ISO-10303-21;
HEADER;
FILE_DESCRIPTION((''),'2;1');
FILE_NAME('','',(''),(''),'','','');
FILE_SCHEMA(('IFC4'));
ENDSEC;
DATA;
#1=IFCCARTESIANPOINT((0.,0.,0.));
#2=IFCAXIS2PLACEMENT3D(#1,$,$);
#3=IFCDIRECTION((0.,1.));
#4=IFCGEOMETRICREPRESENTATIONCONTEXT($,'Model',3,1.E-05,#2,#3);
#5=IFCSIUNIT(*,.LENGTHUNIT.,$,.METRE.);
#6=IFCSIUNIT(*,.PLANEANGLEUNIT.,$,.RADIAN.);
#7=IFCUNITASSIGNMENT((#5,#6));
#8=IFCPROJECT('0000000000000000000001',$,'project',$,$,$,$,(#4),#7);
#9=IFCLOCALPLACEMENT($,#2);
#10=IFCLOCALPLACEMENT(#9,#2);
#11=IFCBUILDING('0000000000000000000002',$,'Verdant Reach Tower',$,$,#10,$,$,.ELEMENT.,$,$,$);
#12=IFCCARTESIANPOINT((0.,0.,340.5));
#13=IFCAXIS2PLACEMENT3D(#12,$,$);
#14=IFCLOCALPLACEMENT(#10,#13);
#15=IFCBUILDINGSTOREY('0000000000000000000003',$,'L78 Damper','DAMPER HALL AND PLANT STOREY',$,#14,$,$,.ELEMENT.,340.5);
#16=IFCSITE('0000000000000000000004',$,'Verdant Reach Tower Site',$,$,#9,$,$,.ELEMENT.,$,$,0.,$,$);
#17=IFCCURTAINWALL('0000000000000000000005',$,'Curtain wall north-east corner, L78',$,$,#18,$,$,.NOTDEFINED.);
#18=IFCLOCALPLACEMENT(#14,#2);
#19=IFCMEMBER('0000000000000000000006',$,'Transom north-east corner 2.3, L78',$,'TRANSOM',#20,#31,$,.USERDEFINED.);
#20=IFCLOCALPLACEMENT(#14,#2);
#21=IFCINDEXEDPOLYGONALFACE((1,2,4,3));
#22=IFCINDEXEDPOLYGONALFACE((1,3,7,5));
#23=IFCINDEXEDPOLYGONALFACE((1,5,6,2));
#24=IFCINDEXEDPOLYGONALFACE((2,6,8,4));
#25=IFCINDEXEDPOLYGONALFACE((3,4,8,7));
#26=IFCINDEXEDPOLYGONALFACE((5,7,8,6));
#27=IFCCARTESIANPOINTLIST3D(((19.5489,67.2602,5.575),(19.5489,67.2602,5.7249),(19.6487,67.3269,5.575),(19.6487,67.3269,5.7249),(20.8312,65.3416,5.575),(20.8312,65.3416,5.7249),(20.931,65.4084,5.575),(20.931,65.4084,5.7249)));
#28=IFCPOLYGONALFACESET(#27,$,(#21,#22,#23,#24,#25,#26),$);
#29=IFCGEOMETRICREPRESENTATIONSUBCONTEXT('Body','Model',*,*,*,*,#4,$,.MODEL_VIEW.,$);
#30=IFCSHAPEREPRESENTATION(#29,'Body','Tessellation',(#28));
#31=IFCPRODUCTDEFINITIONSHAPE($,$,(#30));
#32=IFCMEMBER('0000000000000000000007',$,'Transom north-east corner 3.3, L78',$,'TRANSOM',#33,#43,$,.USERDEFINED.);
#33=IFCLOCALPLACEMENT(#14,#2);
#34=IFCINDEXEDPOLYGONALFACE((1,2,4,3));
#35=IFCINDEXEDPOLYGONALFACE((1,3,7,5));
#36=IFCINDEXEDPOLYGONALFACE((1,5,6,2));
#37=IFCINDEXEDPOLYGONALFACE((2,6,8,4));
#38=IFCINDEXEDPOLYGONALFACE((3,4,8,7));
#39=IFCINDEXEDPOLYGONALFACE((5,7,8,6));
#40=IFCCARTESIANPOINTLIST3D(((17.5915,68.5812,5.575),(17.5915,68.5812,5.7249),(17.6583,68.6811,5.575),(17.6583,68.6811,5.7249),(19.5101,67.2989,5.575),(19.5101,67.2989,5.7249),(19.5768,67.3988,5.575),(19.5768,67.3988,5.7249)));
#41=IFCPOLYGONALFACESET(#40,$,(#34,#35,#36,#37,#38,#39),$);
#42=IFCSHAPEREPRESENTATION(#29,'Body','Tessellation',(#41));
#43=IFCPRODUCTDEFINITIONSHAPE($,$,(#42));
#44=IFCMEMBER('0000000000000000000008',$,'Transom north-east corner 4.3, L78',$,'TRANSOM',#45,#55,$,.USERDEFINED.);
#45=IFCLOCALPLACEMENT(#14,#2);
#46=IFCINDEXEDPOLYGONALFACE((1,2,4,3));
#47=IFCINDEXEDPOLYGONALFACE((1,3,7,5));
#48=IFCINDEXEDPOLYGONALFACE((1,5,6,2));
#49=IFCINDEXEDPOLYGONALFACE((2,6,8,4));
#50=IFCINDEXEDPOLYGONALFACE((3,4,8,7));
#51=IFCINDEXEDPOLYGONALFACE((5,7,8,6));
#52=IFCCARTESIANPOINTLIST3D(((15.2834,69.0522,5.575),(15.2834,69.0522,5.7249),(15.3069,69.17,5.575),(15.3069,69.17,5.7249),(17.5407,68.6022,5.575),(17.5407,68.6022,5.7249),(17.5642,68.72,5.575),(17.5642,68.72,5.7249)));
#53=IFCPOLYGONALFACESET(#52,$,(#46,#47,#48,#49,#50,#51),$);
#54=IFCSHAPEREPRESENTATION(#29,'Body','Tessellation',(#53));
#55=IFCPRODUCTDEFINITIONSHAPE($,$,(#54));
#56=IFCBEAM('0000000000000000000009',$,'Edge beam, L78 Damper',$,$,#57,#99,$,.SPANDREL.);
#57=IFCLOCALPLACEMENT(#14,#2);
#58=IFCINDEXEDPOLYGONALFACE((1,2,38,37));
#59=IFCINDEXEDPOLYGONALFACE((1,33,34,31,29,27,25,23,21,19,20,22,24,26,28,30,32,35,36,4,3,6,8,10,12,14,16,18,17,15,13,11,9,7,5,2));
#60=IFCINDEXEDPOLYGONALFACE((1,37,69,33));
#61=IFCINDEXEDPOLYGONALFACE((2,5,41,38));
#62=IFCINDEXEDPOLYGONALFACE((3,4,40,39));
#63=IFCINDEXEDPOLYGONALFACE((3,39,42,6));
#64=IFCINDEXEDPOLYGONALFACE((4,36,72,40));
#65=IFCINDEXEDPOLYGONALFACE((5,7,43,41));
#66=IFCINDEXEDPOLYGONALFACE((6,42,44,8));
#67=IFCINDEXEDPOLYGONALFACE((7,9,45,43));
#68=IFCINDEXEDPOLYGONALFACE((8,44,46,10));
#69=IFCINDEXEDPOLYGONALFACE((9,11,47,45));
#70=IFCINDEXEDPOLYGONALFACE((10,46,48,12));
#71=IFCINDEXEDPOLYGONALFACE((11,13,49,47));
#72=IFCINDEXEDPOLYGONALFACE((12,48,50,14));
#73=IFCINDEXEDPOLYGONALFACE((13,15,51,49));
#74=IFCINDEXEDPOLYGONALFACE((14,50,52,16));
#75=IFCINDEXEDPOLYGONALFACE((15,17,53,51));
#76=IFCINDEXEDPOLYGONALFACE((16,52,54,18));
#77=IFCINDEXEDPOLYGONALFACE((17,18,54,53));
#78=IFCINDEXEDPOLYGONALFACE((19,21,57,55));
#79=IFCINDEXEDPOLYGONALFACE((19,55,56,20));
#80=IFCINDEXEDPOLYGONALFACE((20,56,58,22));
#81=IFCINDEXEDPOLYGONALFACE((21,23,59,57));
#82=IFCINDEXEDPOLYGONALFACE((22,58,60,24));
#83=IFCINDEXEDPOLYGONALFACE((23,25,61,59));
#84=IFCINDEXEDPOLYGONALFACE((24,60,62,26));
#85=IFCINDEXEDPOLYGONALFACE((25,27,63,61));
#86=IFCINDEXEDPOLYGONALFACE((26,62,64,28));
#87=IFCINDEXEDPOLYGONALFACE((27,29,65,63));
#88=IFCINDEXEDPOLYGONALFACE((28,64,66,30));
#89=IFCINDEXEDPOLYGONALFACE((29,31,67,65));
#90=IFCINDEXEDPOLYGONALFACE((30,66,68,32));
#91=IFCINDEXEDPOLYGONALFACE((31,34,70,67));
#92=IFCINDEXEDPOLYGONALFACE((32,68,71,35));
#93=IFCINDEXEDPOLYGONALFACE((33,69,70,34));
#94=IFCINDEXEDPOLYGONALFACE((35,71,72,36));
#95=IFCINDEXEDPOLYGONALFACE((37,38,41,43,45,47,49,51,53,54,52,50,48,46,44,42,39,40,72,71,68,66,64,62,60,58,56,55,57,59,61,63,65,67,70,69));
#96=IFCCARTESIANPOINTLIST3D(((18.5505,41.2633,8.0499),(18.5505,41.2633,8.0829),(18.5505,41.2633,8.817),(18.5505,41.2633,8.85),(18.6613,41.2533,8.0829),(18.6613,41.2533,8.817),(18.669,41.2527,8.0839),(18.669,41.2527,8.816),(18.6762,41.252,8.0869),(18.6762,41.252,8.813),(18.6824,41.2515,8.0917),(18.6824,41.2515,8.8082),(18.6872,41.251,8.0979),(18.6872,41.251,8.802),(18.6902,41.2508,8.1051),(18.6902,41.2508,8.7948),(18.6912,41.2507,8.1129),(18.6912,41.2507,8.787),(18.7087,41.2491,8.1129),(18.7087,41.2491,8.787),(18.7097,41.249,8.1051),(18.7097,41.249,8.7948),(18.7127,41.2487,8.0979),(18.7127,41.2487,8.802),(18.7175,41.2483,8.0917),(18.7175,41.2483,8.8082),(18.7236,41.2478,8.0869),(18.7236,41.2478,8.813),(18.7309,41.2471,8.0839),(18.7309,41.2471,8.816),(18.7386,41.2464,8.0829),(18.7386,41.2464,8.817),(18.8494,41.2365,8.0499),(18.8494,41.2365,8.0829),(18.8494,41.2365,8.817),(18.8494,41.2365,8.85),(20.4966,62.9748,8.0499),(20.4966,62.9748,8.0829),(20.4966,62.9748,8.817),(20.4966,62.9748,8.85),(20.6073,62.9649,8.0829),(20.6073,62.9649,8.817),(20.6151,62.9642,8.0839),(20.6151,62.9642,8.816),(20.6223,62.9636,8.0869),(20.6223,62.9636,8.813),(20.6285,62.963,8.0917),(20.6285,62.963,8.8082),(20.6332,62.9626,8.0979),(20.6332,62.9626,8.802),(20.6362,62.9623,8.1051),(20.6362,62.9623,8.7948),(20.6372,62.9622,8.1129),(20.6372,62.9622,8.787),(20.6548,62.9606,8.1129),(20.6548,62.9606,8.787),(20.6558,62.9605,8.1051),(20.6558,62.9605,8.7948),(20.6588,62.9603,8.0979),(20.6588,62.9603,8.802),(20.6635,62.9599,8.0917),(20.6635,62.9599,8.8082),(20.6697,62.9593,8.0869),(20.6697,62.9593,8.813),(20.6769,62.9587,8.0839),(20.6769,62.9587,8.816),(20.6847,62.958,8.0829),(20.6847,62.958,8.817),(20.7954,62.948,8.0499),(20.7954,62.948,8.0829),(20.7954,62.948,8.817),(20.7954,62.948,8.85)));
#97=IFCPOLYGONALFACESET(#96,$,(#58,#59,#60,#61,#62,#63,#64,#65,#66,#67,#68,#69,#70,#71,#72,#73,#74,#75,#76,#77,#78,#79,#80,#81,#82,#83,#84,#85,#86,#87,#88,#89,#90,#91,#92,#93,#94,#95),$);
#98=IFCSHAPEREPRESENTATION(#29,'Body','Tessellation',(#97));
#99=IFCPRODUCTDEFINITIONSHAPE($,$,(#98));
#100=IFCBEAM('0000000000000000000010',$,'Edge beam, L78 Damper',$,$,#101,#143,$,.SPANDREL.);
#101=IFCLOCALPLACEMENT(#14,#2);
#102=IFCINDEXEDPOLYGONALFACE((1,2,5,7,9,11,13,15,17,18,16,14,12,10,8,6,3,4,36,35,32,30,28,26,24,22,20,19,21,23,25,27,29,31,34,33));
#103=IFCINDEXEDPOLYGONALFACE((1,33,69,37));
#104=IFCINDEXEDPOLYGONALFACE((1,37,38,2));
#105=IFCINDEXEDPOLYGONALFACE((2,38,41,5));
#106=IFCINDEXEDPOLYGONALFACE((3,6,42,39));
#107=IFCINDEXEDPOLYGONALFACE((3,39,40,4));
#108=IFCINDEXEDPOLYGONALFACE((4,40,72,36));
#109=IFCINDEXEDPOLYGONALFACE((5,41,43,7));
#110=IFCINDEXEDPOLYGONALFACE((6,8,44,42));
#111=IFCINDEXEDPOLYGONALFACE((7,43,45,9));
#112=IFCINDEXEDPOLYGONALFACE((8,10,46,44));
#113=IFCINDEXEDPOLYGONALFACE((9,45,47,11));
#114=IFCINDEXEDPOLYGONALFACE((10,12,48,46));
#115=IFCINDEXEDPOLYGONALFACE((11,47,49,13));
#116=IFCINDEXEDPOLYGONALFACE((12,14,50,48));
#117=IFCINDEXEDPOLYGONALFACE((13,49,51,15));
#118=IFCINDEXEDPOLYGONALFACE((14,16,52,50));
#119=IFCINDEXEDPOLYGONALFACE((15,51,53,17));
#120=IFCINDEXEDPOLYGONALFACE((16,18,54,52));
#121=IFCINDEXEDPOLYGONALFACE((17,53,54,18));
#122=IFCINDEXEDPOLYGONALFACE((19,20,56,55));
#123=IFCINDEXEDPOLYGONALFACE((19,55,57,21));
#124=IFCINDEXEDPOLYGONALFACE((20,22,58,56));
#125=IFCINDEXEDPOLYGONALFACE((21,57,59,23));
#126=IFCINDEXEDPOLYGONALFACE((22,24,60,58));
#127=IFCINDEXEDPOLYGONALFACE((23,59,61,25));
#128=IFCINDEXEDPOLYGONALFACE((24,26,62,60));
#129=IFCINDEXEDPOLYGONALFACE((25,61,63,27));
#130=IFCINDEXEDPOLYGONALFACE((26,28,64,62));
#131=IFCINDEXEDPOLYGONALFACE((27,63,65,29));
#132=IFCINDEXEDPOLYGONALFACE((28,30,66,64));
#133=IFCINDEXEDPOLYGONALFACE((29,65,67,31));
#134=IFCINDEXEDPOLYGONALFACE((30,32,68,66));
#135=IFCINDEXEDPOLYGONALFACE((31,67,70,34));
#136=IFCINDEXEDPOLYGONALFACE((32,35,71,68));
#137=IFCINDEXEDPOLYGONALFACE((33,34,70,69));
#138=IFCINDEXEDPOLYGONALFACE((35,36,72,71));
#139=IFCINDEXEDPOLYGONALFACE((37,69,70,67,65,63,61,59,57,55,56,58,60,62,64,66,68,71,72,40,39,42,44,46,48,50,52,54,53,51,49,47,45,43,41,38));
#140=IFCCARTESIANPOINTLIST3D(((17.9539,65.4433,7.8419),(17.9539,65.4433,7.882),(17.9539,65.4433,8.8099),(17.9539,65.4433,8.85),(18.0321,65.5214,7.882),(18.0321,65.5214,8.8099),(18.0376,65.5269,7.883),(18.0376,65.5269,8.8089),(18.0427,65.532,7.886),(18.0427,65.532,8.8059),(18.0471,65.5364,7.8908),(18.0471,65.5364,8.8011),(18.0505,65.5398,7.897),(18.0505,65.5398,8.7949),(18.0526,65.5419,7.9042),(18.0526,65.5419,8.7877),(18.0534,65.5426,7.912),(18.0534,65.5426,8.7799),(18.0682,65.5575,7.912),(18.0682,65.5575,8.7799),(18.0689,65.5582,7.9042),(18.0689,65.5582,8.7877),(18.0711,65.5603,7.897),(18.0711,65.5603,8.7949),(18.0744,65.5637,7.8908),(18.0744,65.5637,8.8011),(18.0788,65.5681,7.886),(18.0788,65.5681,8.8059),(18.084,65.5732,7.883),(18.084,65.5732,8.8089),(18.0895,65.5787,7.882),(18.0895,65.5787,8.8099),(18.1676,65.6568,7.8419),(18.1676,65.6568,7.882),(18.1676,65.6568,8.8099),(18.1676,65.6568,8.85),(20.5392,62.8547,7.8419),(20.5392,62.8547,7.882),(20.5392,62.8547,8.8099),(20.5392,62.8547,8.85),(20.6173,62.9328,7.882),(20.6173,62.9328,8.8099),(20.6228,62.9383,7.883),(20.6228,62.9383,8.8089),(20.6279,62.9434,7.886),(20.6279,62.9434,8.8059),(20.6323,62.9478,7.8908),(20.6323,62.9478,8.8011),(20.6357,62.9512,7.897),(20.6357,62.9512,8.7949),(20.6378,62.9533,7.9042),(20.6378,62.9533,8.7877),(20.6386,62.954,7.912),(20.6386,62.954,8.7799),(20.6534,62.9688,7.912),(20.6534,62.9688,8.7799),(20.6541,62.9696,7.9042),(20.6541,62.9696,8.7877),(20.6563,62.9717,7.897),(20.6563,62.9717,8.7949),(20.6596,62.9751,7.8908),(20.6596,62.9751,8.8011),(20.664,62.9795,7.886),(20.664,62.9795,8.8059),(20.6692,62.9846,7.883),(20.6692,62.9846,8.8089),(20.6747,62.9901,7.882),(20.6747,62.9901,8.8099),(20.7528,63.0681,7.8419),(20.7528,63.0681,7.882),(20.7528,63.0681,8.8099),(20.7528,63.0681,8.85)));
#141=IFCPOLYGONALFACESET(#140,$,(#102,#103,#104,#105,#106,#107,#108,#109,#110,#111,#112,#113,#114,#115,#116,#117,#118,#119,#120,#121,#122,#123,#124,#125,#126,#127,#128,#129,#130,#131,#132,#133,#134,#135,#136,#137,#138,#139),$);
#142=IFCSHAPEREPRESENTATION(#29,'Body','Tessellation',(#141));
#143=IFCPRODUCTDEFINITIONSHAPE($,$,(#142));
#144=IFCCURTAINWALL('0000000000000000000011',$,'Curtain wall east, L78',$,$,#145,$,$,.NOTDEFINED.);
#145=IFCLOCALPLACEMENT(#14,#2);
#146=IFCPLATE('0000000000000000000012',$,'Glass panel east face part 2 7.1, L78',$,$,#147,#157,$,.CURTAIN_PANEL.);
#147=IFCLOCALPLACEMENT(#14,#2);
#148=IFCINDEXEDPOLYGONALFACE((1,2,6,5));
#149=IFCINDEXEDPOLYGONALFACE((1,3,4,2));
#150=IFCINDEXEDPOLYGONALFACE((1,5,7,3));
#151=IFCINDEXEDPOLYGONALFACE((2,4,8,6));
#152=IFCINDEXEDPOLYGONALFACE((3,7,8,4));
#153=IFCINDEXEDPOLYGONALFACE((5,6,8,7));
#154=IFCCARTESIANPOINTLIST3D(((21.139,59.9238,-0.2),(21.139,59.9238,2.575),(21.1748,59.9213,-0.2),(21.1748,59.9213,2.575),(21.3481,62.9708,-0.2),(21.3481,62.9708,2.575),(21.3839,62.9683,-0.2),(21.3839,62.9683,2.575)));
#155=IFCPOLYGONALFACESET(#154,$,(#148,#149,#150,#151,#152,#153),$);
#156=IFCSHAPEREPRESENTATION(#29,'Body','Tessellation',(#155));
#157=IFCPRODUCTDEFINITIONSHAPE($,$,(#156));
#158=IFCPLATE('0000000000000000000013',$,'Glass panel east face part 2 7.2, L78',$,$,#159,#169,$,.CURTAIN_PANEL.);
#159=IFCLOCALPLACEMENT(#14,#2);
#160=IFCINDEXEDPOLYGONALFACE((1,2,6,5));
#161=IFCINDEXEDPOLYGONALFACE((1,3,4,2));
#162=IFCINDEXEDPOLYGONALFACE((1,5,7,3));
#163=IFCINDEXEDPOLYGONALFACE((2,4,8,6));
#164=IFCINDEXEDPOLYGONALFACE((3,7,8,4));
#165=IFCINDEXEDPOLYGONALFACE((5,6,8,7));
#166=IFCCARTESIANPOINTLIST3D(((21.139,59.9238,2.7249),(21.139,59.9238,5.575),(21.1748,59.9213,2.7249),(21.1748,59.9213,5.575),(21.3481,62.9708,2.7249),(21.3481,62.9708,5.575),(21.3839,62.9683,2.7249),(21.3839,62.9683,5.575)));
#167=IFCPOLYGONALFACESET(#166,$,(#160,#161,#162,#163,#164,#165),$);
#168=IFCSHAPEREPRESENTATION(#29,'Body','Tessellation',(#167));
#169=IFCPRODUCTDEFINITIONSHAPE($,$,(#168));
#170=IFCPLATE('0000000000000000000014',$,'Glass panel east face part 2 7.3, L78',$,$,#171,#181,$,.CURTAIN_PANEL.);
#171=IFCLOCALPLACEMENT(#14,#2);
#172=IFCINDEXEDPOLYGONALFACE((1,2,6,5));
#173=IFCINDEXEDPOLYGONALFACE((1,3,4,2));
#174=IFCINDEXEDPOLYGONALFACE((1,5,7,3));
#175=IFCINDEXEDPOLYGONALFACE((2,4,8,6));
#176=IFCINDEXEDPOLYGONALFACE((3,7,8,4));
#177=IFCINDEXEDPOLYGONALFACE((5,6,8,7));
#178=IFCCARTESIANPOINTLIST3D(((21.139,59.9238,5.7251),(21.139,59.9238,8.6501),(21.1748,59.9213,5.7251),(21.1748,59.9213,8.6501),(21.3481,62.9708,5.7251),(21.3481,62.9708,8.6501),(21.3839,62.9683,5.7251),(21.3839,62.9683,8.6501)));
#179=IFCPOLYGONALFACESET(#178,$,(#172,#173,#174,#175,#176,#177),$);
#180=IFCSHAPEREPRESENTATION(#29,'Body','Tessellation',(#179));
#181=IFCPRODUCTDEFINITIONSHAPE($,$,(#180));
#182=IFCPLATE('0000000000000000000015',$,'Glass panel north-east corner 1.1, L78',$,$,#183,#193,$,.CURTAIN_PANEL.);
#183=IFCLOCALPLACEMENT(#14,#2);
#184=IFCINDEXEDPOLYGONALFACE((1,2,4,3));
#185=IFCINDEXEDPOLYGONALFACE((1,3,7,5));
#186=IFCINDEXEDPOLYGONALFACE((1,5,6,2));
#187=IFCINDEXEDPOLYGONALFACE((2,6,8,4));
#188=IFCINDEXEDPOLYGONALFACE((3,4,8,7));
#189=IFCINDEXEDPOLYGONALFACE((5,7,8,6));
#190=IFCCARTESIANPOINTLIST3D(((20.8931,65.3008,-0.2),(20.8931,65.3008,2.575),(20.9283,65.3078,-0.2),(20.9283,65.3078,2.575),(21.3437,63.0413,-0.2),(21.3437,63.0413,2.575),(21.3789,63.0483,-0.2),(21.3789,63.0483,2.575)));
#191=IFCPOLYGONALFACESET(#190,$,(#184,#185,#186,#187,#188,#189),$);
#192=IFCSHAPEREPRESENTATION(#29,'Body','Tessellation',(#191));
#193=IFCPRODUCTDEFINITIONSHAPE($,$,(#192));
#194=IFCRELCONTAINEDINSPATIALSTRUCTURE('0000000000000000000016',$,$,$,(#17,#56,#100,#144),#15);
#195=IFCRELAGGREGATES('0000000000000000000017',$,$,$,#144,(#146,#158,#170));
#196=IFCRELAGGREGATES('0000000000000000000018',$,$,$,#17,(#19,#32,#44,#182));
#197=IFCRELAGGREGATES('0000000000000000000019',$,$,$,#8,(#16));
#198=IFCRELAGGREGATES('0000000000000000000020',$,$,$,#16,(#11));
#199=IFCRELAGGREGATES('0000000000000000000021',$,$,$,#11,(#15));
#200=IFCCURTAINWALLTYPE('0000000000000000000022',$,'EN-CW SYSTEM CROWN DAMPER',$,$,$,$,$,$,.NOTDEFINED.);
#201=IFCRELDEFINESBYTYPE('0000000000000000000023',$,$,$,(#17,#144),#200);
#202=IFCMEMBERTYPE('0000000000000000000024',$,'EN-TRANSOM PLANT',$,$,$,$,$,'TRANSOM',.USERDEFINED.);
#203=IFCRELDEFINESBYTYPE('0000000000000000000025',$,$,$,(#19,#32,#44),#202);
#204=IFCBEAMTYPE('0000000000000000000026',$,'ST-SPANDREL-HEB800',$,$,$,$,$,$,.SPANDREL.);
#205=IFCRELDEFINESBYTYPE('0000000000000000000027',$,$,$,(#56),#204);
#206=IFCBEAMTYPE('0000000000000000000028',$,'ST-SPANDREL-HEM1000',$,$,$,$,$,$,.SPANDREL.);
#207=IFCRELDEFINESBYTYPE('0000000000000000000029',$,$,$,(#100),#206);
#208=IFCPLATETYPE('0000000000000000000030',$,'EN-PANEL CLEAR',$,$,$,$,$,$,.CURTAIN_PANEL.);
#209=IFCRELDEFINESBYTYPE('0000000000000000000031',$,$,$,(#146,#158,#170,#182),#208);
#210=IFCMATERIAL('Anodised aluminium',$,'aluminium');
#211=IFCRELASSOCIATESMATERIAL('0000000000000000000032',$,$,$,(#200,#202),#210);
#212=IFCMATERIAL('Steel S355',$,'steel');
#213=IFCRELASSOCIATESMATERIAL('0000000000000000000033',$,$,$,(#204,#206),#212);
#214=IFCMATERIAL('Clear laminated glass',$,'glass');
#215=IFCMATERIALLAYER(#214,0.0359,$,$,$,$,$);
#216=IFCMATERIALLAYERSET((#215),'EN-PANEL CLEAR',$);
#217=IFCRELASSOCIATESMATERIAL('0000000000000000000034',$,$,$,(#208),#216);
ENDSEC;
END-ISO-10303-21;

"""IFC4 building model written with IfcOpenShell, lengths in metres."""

from ifc_helpers import new_model, si_unit, direction, frame, origin, origin_2d, place, context, subcontext, project, spatial, rectangle, i_section, extrude, material, layer, layer_set, material_profile, profile_set, type_object, element, aggregate, save


model = new_model("IFC4")

# Units and contexts
model_context = context("Model", 3, precision=1e-05, world=origin(), true_north=direction((0.0, 1.0)))
body_context = subcontext(model_context, "Body", "Model", "MODEL_VIEW")
ifc_project = project(units=[si_unit("LENGTHUNIT", "METRE"), si_unit("PLANEANGLEUNIT", "RADIAN")], contexts=[model_context])

# Site, building, storey
site_placement = place(None, origin())
site = spatial("IfcSite", under=ifc_project, at=site_placement, Name="Verdant Reach Tower Site", CompositionType="ELEMENT", RefElevation=0.0)
building_placement = place(site_placement, origin())
building = spatial("IfcBuilding", under=site, at=building_placement, Name="Verdant Reach Tower", CompositionType="ELEMENT")
storey_placement = place(building_placement, frame((0.0, 0.0, 340.5)))
storey = spatial("IfcBuildingStorey", under=building, at=storey_placement, Name="L78 Damper", Description="DAMPER HALL AND PLANT STOREY", CompositionType="ELEMENT", Elevation=340.5)

# Curtain wall, members
ifc_material_1 = material(Name="Anodised aluminium", Category="aluminium")
curtain_wall_type = type_object("IfcCurtainWallType", Name="EN-CW SYSTEM CROWN DAMPER", PredefinedType="NOTDEFINED", material=ifc_material_1)
curtain_wall_1_placement = place(storey_placement, origin())
curtain_wall_1 = element("IfcCurtainWall", 1, at=curtain_wall_1_placement, inside=storey, type_object=curtain_wall_type, Name="Curtain wall north-east corner, L78", PredefinedType="NOTDEFINED")
ifc_material_profile_1 = material_profile(ifc_material_1, rectangle(XDim=0.1201, YDim=0.1499, at=origin_2d()), Name="Transom 150x120")
ifc_profile_set_1 = profile_set([ifc_material_profile_1], Name="Anodised aluminium")
member_type_1 = type_object("IfcMemberType", Name="EN-TRANSOM PLANT", ElementType="TRANSOM", PredefinedType="USERDEFINED", material=ifc_profile_set_1)
member_1_placement = place(storey_placement, frame((20.8811, 65.375, 5.6499), z_axis=(-0.555676, 0.831399, 0.0), x_axis=(-0.831399, -0.555676, 0.0)))
member_1 = element("IfcMember", 2, at=member_1_placement, type_object=member_type_1, Name="Transom north-east corner 2.3, L78", ObjectType="TRANSOM", PredefinedType="USERDEFINED", context=body_context, shape_type="SweptSolid", body=[
    extrude(rectangle(XDim=0.1201, YDim=0.1499, at=origin_2d()), origin(), (0.0, 0.0, 1.0), 2.3076),
])
member_2_placement = place(storey_placement, frame((19.5435, 67.3489, 5.6499), z_axis=(-0.831399, 0.555676, 0.0), x_axis=(-0.555676, -0.831399, 0.0)))
member_2 = element("IfcMember", 3, at=member_2_placement, type_object=member_type_1, Name="Transom north-east corner 3.3, L78", ObjectType="TRANSOM", PredefinedType="USERDEFINED", context=body_context, shape_type="SweptSolid", body=[
    extrude(rectangle(XDim=0.1201, YDim=0.1499, at=origin_2d()), origin(), (0.0, 0.0, 1.0), 2.3076),
])
member_3_placement = place(storey_placement, frame((17.5525, 68.6611, 5.6499), z_axis=(-0.980707, 0.195484, 0.0), x_axis=(-0.195484, -0.980707, 0.0)))
member_3 = element("IfcMember", 4, at=member_3_placement, type_object=member_type_1, Name="Transom north-east corner 4.3, L78", ObjectType="TRANSOM", PredefinedType="USERDEFINED", context=body_context, shape_type="SweptSolid", body=[
    extrude(rectangle(XDim=0.1201, YDim=0.1499, at=origin_2d()), origin(), (0.0, 0.0, 1.0), 2.3018),
])

# Beams
ifc_material_2 = material(Name="Steel S355", Category="steel")
ifc_material_profile_2 = material_profile(ifc_material_2, i_section(OverallWidth=0.3, OverallDepth=0.8, WebThickness=0.0176, FlangeThickness=0.033, FilletRadius=0.03, at=origin_2d()), Name="HEB 800")
ifc_profile_set_2 = profile_set([ifc_material_profile_2], Name="Steel S355")
beam_type_1 = type_object("IfcBeamType", Name="ST-SPANDREL-HEB800", PredefinedType="SPANDREL", material=ifc_profile_set_2)
beam_1_placement = place(storey_placement, frame((20.646, 62.9614, 8.45), z_axis=(-0.089274, -0.996007, 0.0), x_axis=(0.996007, -0.089274, 0.0)))
element("IfcBeam", 5, at=beam_1_placement, inside=storey, type_object=beam_type_1, Name="Edge beam, L78 Damper", PredefinedType="SPANDREL", context=body_context, shape_type="SweptSolid", body=[
    extrude(i_section(OverallWidth=0.3, OverallDepth=0.8, WebThickness=0.0176, FlangeThickness=0.033, FilletRadius=0.03, at=origin_2d()), origin(), (0.0, 0.0, 1.0), 21.7986),
])
ifc_material_profile_3 = material_profile(ifc_material_2, i_section(OverallWidth=0.302, OverallDepth=1.0081, WebThickness=0.021, FlangeThickness=0.04, FilletRadius=0.03, at=origin_2d()), Name="HEM 1000")
ifc_profile_set_3 = profile_set([ifc_material_profile_3], Name="Steel S355")
beam_type_2 = type_object("IfcBeamType", Name="ST-SPANDREL-HEM1000", PredefinedType="SPANDREL", material=ifc_profile_set_3)
beam_2_placement = place(storey_placement, frame((18.0608, 65.55, 8.3459), z_axis=(0.706639, -0.707574, 0.0), x_axis=(0.707574, 0.706639, 0.0)))
element("IfcBeam", 6, at=beam_2_placement, inside=storey, type_object=beam_type_2, Name="Edge beam, L78 Damper", PredefinedType="SPANDREL", context=body_context, shape_type="SweptSolid", body=[
    extrude(i_section(OverallWidth=0.302, OverallDepth=1.0081, WebThickness=0.021, FlangeThickness=0.04, FilletRadius=0.03, at=origin_2d()), origin(), (0.0, 0.0, 1.0), 3.6584),
])

# Curtain wall, plates
curtain_wall_2_placement = place(storey_placement, origin())
curtain_wall_2 = element("IfcCurtainWall", 7, at=curtain_wall_2_placement, inside=storey, type_object=curtain_wall_type, Name="Curtain wall east, L78", PredefinedType="NOTDEFINED")
ifc_material_3 = material(Name="Clear laminated glass", Category="glass")
ifc_layer = layer(ifc_material_3, 0.0359)
ifc_layer_set = layer_set([ifc_layer], Name="EN-PANEL CLEAR")
plate_type = type_object("IfcPlateType", Name="EN-PANEL CLEAR", PredefinedType="CURTAIN_PANEL", material=ifc_layer_set)
plate_1_placement = place(storey_placement, frame((21.2615, 61.446, -0.2), z_axis=(0.0, 0.0, 1.0), x_axis=(0.068469, 0.997653, 0.0)))
plate_1 = element("IfcPlate", 8, at=plate_1_placement, type_object=plate_type, Name="Glass panel east face part 2 7.1, L78", PredefinedType="CURTAIN_PANEL", context=body_context, shape_type="SweptSolid", body=[
    extrude(rectangle(XDim=3.0542, YDim=0.0359, at=origin_2d()), origin(), (0.0, 0.0, 1.0), 2.7749),
])
plate_2_placement = place(storey_placement, frame((21.2615, 61.446, 2.7249), z_axis=(0.0, 0.0, 1.0), x_axis=(0.068469, 0.997653, 0.0)))
plate_2 = element("IfcPlate", 9, at=plate_2_placement, type_object=plate_type, Name="Glass panel east face part 2 7.2, L78", PredefinedType="CURTAIN_PANEL", context=body_context, shape_type="SweptSolid", body=[
    extrude(rectangle(XDim=3.0542, YDim=0.0359, at=origin_2d()), origin(), (0.0, 0.0, 1.0), 2.8501),
])
plate_3_placement = place(storey_placement, frame((21.2615, 61.446, 5.7251), z_axis=(0.0, 0.0, 1.0), x_axis=(0.068469, 0.997653, 0.0)))
plate_3 = element("IfcPlate", 10, at=plate_3_placement, type_object=plate_type, Name="Glass panel east face part 2 7.3, L78", PredefinedType="CURTAIN_PANEL", context=body_context, shape_type="SweptSolid", body=[
    extrude(rectangle(XDim=3.0542, YDim=0.0359, at=origin_2d()), origin(), (0.0, 0.0, 1.0), 2.925),
])
aggregate(curtain_wall_2, [plate_1, plate_2, plate_3])

# Plate
plate_4_placement = place(storey_placement, frame((21.136, 64.1746, -0.2), z_axis=(0.0, 0.0, 1.0), x_axis=(-0.195593, 0.980685, 0.0)))
plate_4 = element("IfcPlate", 11, at=plate_4_placement, type_object=plate_type, Name="Glass panel north-east corner 1.1, L78", PredefinedType="CURTAIN_PANEL", context=body_context, shape_type="SweptSolid", body=[
    extrude(rectangle(XDim=2.304, YDim=0.0359, at=origin_2d()), origin(), (0.0, 0.0, 1.0), 2.7749),
])
aggregate(curtain_wall_1, [member_1, member_2, member_3, plate_4])

save(model, "model.ifc")
